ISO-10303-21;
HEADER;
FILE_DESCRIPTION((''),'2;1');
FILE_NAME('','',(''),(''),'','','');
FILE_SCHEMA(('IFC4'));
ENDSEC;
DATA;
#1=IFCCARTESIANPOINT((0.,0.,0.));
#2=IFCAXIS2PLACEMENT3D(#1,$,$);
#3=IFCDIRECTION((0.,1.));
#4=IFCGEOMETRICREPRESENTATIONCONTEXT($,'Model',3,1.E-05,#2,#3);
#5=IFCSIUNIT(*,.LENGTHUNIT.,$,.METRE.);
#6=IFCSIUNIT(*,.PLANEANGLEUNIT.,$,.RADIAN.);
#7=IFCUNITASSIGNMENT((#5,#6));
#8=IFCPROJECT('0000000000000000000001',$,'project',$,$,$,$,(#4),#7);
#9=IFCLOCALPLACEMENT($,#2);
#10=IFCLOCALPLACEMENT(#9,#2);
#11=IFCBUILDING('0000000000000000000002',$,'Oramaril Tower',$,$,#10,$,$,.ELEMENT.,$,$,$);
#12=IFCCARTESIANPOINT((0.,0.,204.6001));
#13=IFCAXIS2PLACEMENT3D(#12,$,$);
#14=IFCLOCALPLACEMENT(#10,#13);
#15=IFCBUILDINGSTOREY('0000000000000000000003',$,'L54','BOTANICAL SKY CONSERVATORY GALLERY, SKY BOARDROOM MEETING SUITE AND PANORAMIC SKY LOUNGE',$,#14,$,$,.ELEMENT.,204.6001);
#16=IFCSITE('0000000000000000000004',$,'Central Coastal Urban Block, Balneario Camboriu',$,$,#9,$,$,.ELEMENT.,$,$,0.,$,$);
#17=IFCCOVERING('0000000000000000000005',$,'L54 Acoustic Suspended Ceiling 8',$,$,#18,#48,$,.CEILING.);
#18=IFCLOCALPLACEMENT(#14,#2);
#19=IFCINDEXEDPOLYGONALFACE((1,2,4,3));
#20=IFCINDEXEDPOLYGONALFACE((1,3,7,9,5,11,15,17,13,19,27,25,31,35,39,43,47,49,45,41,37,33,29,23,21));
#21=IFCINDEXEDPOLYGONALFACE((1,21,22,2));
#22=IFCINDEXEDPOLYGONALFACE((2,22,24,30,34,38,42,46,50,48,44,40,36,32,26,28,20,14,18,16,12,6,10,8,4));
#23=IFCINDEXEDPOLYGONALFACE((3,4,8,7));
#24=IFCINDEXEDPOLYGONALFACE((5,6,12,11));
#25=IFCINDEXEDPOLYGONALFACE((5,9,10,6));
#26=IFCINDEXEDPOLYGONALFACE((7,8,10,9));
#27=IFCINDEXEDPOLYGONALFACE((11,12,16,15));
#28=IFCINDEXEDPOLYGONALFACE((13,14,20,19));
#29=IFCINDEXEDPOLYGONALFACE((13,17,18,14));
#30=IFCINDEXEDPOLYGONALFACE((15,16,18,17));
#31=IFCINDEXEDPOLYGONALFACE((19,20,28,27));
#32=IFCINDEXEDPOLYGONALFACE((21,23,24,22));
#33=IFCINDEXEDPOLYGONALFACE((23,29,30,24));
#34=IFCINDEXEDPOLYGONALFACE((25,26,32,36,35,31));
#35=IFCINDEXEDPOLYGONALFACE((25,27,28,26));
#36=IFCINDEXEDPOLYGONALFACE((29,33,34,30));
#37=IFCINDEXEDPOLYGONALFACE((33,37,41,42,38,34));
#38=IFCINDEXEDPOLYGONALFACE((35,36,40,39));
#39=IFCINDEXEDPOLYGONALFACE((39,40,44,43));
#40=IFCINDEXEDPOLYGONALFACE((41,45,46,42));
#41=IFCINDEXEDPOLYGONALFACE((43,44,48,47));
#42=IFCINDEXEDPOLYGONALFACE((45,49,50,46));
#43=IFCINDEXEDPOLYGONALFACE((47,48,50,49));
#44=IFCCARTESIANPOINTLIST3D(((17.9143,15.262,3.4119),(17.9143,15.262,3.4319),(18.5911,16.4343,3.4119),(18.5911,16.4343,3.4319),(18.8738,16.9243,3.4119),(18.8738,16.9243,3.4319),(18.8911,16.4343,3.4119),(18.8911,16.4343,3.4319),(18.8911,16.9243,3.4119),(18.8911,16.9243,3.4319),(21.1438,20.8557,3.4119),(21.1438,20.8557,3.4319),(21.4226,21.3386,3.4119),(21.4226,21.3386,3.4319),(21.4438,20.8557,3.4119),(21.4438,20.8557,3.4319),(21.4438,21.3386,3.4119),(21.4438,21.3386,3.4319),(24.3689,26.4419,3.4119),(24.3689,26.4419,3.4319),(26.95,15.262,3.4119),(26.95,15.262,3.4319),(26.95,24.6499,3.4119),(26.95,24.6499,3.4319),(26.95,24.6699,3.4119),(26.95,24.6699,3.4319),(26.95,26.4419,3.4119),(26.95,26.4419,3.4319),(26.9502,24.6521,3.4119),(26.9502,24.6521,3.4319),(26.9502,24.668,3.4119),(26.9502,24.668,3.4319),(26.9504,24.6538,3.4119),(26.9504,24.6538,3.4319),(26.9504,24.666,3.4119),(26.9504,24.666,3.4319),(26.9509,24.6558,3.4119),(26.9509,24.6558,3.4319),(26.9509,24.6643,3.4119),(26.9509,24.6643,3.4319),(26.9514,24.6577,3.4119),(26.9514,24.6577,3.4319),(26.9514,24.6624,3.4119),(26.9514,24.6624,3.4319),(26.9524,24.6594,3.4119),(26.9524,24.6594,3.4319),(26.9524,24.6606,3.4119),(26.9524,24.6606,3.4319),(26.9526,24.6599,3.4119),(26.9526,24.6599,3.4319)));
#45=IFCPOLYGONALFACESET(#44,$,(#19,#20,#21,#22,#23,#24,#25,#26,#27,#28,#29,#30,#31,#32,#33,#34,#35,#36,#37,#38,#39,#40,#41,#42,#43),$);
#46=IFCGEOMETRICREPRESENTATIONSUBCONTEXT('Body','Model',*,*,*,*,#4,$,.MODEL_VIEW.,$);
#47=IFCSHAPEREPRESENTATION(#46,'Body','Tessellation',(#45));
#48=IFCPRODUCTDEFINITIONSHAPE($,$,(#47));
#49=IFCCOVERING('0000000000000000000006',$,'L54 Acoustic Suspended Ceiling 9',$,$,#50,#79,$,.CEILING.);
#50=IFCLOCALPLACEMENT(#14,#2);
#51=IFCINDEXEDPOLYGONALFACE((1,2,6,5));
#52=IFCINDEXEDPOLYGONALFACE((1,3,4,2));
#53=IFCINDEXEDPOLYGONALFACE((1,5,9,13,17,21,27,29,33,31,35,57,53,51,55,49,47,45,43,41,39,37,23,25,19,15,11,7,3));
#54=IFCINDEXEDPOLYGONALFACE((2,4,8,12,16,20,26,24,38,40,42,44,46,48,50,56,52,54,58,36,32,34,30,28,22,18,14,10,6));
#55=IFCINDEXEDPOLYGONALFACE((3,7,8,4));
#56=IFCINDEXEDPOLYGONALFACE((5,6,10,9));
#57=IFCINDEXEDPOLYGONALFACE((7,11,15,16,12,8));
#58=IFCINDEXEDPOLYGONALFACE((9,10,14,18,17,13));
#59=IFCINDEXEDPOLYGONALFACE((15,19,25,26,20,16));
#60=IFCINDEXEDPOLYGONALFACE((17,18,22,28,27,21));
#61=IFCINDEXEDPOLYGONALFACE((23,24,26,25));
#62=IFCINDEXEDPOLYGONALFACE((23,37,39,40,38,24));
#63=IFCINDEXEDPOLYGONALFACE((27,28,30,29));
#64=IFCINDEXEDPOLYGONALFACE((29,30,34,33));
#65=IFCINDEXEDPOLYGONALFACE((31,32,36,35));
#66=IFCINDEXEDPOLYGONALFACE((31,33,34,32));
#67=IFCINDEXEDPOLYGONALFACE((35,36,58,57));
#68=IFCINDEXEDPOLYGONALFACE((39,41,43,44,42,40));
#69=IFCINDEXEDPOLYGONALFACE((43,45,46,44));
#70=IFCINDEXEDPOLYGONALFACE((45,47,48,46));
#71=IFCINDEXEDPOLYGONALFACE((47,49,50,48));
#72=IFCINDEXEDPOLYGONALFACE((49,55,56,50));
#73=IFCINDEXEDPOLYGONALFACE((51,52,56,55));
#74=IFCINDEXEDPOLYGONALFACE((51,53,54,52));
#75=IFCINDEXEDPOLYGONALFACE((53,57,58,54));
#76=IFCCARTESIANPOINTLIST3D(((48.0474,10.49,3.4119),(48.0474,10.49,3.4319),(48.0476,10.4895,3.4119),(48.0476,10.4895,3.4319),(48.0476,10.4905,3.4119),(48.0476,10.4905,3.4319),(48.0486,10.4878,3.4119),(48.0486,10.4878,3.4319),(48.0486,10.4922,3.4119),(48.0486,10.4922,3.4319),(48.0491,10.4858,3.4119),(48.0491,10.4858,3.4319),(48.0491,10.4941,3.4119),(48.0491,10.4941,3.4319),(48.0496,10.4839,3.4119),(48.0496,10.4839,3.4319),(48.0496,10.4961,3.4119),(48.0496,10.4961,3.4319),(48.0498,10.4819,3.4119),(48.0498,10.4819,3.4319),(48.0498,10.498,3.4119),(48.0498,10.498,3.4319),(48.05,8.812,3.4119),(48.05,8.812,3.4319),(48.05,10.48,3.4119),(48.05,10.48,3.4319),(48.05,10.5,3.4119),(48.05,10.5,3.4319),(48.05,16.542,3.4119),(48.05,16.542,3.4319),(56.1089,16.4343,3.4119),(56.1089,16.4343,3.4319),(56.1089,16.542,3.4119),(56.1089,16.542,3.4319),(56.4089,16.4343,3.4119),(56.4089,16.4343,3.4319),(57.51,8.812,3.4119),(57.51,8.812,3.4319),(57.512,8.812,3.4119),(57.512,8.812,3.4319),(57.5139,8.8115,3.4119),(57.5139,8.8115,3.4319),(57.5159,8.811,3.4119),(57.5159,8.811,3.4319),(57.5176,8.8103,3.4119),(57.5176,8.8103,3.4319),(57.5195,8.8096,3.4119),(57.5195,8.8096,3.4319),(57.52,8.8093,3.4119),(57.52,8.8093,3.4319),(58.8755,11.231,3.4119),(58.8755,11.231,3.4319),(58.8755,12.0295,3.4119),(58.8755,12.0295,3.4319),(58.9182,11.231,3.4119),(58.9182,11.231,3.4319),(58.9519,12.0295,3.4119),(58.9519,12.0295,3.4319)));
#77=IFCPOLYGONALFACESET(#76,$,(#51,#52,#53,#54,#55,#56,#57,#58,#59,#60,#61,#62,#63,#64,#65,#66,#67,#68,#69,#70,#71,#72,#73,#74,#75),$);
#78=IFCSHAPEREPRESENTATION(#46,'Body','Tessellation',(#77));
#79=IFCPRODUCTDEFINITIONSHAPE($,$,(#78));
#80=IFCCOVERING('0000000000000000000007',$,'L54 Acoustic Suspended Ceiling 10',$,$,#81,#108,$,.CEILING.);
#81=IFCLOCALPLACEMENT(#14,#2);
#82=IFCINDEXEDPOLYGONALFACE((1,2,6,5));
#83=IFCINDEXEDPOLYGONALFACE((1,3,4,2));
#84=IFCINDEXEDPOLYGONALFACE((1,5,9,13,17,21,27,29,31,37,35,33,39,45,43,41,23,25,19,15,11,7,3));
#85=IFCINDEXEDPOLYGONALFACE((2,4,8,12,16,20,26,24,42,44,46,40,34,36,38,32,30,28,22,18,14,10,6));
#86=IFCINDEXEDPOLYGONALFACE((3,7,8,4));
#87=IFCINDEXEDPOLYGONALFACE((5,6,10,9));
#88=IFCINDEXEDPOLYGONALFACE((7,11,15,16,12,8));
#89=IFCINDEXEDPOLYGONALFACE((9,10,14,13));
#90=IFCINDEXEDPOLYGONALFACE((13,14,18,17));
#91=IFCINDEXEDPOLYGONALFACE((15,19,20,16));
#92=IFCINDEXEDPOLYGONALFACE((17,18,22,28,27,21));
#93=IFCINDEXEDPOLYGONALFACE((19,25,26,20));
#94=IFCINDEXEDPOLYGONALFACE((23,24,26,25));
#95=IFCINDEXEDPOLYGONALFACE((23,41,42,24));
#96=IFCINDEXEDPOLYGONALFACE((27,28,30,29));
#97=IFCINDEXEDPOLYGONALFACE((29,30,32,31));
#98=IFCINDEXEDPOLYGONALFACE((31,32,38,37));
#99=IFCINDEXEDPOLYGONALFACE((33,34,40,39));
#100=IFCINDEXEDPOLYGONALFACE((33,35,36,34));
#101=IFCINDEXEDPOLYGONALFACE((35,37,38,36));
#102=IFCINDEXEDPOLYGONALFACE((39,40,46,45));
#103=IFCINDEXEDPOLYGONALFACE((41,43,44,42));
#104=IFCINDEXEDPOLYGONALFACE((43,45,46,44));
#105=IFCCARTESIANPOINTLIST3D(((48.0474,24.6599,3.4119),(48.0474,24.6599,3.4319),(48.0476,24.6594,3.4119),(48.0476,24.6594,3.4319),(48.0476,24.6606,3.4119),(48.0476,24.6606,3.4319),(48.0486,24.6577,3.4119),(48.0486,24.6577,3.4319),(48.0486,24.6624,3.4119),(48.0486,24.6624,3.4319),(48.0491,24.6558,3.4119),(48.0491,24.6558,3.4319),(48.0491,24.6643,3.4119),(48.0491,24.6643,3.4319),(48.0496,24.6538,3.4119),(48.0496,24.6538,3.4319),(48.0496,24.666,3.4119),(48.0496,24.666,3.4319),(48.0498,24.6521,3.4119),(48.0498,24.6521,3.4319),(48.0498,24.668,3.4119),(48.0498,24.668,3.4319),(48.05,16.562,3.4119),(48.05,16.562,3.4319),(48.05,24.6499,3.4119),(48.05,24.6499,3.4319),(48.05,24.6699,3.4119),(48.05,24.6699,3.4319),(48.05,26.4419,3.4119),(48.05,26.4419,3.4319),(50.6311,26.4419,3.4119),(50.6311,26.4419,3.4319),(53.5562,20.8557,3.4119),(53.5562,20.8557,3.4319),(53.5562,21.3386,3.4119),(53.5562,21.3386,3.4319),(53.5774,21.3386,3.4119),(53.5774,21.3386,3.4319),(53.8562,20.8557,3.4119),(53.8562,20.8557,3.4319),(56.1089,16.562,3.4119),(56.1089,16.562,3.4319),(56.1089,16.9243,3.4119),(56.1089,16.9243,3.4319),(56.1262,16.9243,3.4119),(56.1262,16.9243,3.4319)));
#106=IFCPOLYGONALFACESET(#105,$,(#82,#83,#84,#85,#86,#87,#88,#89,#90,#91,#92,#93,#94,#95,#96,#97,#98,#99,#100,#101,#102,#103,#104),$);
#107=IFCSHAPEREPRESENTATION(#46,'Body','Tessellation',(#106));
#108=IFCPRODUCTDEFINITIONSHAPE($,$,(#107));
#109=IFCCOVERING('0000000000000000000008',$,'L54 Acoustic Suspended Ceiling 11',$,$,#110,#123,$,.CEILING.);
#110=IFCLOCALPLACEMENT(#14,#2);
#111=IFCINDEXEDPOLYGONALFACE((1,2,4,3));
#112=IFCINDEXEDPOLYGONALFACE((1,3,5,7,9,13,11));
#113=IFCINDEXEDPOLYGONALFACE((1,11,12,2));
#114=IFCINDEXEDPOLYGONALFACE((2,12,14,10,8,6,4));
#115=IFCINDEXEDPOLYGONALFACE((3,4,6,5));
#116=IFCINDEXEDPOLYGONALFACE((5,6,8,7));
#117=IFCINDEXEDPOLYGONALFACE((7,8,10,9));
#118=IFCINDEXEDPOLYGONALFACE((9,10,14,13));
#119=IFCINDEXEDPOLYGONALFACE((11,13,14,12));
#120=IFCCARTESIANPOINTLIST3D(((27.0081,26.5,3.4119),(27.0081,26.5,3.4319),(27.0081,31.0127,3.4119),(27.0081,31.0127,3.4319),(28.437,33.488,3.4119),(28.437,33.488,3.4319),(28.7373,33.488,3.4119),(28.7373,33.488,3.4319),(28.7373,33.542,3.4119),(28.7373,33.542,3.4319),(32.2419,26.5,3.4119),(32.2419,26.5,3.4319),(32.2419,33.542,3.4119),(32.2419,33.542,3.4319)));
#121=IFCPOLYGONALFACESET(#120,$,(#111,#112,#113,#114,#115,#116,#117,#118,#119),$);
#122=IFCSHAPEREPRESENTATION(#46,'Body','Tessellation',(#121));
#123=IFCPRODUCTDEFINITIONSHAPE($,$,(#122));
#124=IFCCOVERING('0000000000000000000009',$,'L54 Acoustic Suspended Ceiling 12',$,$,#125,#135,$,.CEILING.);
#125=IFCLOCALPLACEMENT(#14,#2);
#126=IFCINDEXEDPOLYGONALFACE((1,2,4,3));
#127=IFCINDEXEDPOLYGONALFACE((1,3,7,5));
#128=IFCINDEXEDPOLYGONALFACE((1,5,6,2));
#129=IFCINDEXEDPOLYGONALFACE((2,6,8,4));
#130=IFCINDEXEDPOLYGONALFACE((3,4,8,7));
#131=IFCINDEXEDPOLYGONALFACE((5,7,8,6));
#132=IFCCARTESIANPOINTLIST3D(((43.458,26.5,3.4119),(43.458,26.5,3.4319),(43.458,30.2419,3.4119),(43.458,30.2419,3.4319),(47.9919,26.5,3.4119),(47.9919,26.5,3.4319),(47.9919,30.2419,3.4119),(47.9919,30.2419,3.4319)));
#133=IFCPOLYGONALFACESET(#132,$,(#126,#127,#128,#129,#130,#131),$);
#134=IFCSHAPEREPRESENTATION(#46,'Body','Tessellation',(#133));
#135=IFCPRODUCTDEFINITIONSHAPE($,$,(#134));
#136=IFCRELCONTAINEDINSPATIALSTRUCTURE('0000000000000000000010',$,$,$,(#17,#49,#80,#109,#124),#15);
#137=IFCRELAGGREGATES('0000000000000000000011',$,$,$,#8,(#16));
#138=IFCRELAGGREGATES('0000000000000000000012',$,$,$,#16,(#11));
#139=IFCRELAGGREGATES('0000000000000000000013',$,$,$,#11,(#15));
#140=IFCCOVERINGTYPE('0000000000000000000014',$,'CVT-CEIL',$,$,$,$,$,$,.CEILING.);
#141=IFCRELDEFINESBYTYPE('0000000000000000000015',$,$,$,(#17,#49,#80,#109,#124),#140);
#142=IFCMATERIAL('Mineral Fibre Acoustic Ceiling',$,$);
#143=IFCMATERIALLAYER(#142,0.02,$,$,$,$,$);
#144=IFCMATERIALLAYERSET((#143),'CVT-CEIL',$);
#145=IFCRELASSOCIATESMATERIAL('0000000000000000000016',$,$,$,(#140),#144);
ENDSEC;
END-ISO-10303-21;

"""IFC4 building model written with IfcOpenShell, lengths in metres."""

from ifc_helpers import new_model, si_unit, direction, frame, origin, place, context, subcontext, project, spatial, polyline, outline, extrude, material, layer, layer_set, type_object, element, save


model = new_model("IFC4")

# Units and contexts
model_context = context("Model", 3, precision=1e-05, world=origin(), true_north=direction((0.0, 1.0)))
body_context = subcontext(model_context, "Body", "Model", "MODEL_VIEW")
ifc_project = project(units=[si_unit("LENGTHUNIT", "METRE"), si_unit("PLANEANGLEUNIT", "RADIAN")], contexts=[model_context])

# Site, building, storey
site_placement = place(None, origin())
site = spatial("IfcSite", under=ifc_project, at=site_placement, Name="Central Coastal Urban Block, Balneario Camboriu", CompositionType="ELEMENT", RefElevation=0.0)
building_placement = place(site_placement, origin())
building = spatial("IfcBuilding", under=site, at=building_placement, Name="Oramaril Tower", CompositionType="ELEMENT")
storey_placement = place(building_placement, frame((0.0, 0.0, 204.6001)))
storey = spatial("IfcBuildingStorey", under=building, at=storey_placement, Name="L54", Description="BOTANICAL SKY CONSERVATORY GALLERY, SKY BOARDROOM MEETING SUITE AND PANORAMIC SKY LOUNGE", CompositionType="ELEMENT", Elevation=204.6001)

# Coverings
ifc_material_1 = material(Name="Mineral Fibre Acoustic Ceiling")
ifc_layer_1 = layer(ifc_material_1, 0.02)
ifc_layer_set_1 = layer_set([ifc_layer_1], Name="CVT-CEIL")
covering_type_1 = type_object("IfcCoveringType", Name="CVT-CEIL", PredefinedType="CEILING", material=ifc_layer_set_1)
covering_1_placement = place(storey_placement, frame((0.0, 0.0, 3.4119)))
element("IfcCovering", 1, at=covering_1_placement, inside=storey, type_object=covering_type_1, Name="L54 Acoustic Suspended Ceiling 8", PredefinedType="CEILING", context=body_context, shape_type="SweptSolid", body=[
    extrude(outline(polyline([(18.5911, 16.4343), (18.8911, 16.4343), (18.8911, 16.9243), (18.8738, 16.9243), (21.1438, 20.8557), (21.4438, 20.8557), (21.4438, 21.3386), (21.4226, 21.3386), (24.3689, 26.4419), (26.95, 26.4419), (26.95, 24.6699), (26.9502, 24.668), (26.9504, 24.666), (26.9509, 24.6643), (26.9514, 24.6624), (26.9524, 24.6606), (26.9526, 24.6599), (26.9524, 24.6594), (26.9514, 24.6577), (26.9509, 24.6558), (26.9504, 24.6538), (26.9502, 24.6521), (26.95, 24.6499), (26.95, 15.262), (17.9143, 15.262), (18.5911, 16.4343)])), origin(), (0.0, 0.0, 1.0), 0.02),
])
covering_2_placement = place(storey_placement, frame((0.0, 0.0, 3.4119)))
element("IfcCovering", 2, at=covering_2_placement, inside=storey, type_object=covering_type_1, Name="L54 Acoustic Suspended Ceiling 9", PredefinedType="CEILING", context=body_context, shape_type="SweptSolid", body=[
    extrude(outline(polyline([(56.1089, 16.542), (56.1089, 16.4343), (56.4089, 16.4343), (58.9519, 12.0295), (58.8755, 12.0295), (58.8755, 11.231), (58.9182, 11.231), (57.52, 8.8093), (57.5195, 8.8096), (57.5176, 8.8103), (57.5159, 8.811), (57.5139, 8.8115), (57.512, 8.812), (57.51, 8.812), (48.05, 8.812), (48.05, 10.48), (48.0498, 10.4819), (48.0496, 10.4839), (48.0491, 10.4858), (48.0486, 10.4878), (48.0476, 10.4895), (48.0474, 10.49), (48.0476, 10.4905), (48.0486, 10.4922), (48.0491, 10.4941), (48.0496, 10.4961), (48.0498, 10.498), (48.05, 10.5), (48.05, 16.542), (56.1089, 16.542)])), origin(), (0.0, 0.0, 1.0), 0.02),
])
covering_3_placement = place(storey_placement, frame((0.0, 0.0, 3.4119)))
element("IfcCovering", 3, at=covering_3_placement, inside=storey, type_object=covering_type_1, Name="L54 Acoustic Suspended Ceiling 10", PredefinedType="CEILING", context=body_context, shape_type="SweptSolid", body=[
    extrude(outline(polyline([(53.5774, 21.3386), (53.5562, 21.3386), (53.5562, 20.8557), (53.8562, 20.8557), (56.1262, 16.9243), (56.1089, 16.9243), (56.1089, 16.562), (48.05, 16.562), (48.05, 24.6499), (48.0498, 24.6521), (48.0496, 24.6538), (48.0491, 24.6558), (48.0486, 24.6577), (48.0476, 24.6594), (48.0474, 24.6599), (48.0476, 24.6606), (48.0486, 24.6624), (48.0491, 24.6643), (48.0496, 24.666), (48.0498, 24.668), (48.05, 24.6699), (48.05, 26.4419), (50.6311, 26.4419), (53.5774, 21.3386)])), origin(), (0.0, 0.0, 1.0), 0.02),
])
covering_4_placement = place(storey_placement, frame((0.0, 0.0, 3.4119)))
element("IfcCovering", 4, at=covering_4_placement, inside=storey, type_object=covering_type_1, Name="L54 Acoustic Suspended Ceiling 11", PredefinedType="CEILING", context=body_context, shape_type="SweptSolid", body=[
    extrude(outline(polyline([(32.2419, 26.5), (27.0081, 26.5), (27.0081, 31.0127), (28.437, 33.488), (28.7373, 33.488), (28.7373, 33.542), (32.2419, 33.542), (32.2419, 26.5)])), origin(), (0.0, 0.0, 1.0), 0.02),
])
covering_5_placement = place(storey_placement, frame((0.0, 0.0, 3.4119)))
element("IfcCovering", 5, at=covering_5_placement, inside=storey, type_object=covering_type_1, Name="L54 Acoustic Suspended Ceiling 12", PredefinedType="CEILING", context=body_context, shape_type="SweptSolid", body=[
    extrude(outline(polyline([(47.9919, 30.2419), (47.9919, 26.5), (43.458, 26.5), (43.458, 30.2419), (47.9919, 30.2419)])), origin(), (0.0, 0.0, 1.0), 0.02),
])

save(model, "model.ifc")
